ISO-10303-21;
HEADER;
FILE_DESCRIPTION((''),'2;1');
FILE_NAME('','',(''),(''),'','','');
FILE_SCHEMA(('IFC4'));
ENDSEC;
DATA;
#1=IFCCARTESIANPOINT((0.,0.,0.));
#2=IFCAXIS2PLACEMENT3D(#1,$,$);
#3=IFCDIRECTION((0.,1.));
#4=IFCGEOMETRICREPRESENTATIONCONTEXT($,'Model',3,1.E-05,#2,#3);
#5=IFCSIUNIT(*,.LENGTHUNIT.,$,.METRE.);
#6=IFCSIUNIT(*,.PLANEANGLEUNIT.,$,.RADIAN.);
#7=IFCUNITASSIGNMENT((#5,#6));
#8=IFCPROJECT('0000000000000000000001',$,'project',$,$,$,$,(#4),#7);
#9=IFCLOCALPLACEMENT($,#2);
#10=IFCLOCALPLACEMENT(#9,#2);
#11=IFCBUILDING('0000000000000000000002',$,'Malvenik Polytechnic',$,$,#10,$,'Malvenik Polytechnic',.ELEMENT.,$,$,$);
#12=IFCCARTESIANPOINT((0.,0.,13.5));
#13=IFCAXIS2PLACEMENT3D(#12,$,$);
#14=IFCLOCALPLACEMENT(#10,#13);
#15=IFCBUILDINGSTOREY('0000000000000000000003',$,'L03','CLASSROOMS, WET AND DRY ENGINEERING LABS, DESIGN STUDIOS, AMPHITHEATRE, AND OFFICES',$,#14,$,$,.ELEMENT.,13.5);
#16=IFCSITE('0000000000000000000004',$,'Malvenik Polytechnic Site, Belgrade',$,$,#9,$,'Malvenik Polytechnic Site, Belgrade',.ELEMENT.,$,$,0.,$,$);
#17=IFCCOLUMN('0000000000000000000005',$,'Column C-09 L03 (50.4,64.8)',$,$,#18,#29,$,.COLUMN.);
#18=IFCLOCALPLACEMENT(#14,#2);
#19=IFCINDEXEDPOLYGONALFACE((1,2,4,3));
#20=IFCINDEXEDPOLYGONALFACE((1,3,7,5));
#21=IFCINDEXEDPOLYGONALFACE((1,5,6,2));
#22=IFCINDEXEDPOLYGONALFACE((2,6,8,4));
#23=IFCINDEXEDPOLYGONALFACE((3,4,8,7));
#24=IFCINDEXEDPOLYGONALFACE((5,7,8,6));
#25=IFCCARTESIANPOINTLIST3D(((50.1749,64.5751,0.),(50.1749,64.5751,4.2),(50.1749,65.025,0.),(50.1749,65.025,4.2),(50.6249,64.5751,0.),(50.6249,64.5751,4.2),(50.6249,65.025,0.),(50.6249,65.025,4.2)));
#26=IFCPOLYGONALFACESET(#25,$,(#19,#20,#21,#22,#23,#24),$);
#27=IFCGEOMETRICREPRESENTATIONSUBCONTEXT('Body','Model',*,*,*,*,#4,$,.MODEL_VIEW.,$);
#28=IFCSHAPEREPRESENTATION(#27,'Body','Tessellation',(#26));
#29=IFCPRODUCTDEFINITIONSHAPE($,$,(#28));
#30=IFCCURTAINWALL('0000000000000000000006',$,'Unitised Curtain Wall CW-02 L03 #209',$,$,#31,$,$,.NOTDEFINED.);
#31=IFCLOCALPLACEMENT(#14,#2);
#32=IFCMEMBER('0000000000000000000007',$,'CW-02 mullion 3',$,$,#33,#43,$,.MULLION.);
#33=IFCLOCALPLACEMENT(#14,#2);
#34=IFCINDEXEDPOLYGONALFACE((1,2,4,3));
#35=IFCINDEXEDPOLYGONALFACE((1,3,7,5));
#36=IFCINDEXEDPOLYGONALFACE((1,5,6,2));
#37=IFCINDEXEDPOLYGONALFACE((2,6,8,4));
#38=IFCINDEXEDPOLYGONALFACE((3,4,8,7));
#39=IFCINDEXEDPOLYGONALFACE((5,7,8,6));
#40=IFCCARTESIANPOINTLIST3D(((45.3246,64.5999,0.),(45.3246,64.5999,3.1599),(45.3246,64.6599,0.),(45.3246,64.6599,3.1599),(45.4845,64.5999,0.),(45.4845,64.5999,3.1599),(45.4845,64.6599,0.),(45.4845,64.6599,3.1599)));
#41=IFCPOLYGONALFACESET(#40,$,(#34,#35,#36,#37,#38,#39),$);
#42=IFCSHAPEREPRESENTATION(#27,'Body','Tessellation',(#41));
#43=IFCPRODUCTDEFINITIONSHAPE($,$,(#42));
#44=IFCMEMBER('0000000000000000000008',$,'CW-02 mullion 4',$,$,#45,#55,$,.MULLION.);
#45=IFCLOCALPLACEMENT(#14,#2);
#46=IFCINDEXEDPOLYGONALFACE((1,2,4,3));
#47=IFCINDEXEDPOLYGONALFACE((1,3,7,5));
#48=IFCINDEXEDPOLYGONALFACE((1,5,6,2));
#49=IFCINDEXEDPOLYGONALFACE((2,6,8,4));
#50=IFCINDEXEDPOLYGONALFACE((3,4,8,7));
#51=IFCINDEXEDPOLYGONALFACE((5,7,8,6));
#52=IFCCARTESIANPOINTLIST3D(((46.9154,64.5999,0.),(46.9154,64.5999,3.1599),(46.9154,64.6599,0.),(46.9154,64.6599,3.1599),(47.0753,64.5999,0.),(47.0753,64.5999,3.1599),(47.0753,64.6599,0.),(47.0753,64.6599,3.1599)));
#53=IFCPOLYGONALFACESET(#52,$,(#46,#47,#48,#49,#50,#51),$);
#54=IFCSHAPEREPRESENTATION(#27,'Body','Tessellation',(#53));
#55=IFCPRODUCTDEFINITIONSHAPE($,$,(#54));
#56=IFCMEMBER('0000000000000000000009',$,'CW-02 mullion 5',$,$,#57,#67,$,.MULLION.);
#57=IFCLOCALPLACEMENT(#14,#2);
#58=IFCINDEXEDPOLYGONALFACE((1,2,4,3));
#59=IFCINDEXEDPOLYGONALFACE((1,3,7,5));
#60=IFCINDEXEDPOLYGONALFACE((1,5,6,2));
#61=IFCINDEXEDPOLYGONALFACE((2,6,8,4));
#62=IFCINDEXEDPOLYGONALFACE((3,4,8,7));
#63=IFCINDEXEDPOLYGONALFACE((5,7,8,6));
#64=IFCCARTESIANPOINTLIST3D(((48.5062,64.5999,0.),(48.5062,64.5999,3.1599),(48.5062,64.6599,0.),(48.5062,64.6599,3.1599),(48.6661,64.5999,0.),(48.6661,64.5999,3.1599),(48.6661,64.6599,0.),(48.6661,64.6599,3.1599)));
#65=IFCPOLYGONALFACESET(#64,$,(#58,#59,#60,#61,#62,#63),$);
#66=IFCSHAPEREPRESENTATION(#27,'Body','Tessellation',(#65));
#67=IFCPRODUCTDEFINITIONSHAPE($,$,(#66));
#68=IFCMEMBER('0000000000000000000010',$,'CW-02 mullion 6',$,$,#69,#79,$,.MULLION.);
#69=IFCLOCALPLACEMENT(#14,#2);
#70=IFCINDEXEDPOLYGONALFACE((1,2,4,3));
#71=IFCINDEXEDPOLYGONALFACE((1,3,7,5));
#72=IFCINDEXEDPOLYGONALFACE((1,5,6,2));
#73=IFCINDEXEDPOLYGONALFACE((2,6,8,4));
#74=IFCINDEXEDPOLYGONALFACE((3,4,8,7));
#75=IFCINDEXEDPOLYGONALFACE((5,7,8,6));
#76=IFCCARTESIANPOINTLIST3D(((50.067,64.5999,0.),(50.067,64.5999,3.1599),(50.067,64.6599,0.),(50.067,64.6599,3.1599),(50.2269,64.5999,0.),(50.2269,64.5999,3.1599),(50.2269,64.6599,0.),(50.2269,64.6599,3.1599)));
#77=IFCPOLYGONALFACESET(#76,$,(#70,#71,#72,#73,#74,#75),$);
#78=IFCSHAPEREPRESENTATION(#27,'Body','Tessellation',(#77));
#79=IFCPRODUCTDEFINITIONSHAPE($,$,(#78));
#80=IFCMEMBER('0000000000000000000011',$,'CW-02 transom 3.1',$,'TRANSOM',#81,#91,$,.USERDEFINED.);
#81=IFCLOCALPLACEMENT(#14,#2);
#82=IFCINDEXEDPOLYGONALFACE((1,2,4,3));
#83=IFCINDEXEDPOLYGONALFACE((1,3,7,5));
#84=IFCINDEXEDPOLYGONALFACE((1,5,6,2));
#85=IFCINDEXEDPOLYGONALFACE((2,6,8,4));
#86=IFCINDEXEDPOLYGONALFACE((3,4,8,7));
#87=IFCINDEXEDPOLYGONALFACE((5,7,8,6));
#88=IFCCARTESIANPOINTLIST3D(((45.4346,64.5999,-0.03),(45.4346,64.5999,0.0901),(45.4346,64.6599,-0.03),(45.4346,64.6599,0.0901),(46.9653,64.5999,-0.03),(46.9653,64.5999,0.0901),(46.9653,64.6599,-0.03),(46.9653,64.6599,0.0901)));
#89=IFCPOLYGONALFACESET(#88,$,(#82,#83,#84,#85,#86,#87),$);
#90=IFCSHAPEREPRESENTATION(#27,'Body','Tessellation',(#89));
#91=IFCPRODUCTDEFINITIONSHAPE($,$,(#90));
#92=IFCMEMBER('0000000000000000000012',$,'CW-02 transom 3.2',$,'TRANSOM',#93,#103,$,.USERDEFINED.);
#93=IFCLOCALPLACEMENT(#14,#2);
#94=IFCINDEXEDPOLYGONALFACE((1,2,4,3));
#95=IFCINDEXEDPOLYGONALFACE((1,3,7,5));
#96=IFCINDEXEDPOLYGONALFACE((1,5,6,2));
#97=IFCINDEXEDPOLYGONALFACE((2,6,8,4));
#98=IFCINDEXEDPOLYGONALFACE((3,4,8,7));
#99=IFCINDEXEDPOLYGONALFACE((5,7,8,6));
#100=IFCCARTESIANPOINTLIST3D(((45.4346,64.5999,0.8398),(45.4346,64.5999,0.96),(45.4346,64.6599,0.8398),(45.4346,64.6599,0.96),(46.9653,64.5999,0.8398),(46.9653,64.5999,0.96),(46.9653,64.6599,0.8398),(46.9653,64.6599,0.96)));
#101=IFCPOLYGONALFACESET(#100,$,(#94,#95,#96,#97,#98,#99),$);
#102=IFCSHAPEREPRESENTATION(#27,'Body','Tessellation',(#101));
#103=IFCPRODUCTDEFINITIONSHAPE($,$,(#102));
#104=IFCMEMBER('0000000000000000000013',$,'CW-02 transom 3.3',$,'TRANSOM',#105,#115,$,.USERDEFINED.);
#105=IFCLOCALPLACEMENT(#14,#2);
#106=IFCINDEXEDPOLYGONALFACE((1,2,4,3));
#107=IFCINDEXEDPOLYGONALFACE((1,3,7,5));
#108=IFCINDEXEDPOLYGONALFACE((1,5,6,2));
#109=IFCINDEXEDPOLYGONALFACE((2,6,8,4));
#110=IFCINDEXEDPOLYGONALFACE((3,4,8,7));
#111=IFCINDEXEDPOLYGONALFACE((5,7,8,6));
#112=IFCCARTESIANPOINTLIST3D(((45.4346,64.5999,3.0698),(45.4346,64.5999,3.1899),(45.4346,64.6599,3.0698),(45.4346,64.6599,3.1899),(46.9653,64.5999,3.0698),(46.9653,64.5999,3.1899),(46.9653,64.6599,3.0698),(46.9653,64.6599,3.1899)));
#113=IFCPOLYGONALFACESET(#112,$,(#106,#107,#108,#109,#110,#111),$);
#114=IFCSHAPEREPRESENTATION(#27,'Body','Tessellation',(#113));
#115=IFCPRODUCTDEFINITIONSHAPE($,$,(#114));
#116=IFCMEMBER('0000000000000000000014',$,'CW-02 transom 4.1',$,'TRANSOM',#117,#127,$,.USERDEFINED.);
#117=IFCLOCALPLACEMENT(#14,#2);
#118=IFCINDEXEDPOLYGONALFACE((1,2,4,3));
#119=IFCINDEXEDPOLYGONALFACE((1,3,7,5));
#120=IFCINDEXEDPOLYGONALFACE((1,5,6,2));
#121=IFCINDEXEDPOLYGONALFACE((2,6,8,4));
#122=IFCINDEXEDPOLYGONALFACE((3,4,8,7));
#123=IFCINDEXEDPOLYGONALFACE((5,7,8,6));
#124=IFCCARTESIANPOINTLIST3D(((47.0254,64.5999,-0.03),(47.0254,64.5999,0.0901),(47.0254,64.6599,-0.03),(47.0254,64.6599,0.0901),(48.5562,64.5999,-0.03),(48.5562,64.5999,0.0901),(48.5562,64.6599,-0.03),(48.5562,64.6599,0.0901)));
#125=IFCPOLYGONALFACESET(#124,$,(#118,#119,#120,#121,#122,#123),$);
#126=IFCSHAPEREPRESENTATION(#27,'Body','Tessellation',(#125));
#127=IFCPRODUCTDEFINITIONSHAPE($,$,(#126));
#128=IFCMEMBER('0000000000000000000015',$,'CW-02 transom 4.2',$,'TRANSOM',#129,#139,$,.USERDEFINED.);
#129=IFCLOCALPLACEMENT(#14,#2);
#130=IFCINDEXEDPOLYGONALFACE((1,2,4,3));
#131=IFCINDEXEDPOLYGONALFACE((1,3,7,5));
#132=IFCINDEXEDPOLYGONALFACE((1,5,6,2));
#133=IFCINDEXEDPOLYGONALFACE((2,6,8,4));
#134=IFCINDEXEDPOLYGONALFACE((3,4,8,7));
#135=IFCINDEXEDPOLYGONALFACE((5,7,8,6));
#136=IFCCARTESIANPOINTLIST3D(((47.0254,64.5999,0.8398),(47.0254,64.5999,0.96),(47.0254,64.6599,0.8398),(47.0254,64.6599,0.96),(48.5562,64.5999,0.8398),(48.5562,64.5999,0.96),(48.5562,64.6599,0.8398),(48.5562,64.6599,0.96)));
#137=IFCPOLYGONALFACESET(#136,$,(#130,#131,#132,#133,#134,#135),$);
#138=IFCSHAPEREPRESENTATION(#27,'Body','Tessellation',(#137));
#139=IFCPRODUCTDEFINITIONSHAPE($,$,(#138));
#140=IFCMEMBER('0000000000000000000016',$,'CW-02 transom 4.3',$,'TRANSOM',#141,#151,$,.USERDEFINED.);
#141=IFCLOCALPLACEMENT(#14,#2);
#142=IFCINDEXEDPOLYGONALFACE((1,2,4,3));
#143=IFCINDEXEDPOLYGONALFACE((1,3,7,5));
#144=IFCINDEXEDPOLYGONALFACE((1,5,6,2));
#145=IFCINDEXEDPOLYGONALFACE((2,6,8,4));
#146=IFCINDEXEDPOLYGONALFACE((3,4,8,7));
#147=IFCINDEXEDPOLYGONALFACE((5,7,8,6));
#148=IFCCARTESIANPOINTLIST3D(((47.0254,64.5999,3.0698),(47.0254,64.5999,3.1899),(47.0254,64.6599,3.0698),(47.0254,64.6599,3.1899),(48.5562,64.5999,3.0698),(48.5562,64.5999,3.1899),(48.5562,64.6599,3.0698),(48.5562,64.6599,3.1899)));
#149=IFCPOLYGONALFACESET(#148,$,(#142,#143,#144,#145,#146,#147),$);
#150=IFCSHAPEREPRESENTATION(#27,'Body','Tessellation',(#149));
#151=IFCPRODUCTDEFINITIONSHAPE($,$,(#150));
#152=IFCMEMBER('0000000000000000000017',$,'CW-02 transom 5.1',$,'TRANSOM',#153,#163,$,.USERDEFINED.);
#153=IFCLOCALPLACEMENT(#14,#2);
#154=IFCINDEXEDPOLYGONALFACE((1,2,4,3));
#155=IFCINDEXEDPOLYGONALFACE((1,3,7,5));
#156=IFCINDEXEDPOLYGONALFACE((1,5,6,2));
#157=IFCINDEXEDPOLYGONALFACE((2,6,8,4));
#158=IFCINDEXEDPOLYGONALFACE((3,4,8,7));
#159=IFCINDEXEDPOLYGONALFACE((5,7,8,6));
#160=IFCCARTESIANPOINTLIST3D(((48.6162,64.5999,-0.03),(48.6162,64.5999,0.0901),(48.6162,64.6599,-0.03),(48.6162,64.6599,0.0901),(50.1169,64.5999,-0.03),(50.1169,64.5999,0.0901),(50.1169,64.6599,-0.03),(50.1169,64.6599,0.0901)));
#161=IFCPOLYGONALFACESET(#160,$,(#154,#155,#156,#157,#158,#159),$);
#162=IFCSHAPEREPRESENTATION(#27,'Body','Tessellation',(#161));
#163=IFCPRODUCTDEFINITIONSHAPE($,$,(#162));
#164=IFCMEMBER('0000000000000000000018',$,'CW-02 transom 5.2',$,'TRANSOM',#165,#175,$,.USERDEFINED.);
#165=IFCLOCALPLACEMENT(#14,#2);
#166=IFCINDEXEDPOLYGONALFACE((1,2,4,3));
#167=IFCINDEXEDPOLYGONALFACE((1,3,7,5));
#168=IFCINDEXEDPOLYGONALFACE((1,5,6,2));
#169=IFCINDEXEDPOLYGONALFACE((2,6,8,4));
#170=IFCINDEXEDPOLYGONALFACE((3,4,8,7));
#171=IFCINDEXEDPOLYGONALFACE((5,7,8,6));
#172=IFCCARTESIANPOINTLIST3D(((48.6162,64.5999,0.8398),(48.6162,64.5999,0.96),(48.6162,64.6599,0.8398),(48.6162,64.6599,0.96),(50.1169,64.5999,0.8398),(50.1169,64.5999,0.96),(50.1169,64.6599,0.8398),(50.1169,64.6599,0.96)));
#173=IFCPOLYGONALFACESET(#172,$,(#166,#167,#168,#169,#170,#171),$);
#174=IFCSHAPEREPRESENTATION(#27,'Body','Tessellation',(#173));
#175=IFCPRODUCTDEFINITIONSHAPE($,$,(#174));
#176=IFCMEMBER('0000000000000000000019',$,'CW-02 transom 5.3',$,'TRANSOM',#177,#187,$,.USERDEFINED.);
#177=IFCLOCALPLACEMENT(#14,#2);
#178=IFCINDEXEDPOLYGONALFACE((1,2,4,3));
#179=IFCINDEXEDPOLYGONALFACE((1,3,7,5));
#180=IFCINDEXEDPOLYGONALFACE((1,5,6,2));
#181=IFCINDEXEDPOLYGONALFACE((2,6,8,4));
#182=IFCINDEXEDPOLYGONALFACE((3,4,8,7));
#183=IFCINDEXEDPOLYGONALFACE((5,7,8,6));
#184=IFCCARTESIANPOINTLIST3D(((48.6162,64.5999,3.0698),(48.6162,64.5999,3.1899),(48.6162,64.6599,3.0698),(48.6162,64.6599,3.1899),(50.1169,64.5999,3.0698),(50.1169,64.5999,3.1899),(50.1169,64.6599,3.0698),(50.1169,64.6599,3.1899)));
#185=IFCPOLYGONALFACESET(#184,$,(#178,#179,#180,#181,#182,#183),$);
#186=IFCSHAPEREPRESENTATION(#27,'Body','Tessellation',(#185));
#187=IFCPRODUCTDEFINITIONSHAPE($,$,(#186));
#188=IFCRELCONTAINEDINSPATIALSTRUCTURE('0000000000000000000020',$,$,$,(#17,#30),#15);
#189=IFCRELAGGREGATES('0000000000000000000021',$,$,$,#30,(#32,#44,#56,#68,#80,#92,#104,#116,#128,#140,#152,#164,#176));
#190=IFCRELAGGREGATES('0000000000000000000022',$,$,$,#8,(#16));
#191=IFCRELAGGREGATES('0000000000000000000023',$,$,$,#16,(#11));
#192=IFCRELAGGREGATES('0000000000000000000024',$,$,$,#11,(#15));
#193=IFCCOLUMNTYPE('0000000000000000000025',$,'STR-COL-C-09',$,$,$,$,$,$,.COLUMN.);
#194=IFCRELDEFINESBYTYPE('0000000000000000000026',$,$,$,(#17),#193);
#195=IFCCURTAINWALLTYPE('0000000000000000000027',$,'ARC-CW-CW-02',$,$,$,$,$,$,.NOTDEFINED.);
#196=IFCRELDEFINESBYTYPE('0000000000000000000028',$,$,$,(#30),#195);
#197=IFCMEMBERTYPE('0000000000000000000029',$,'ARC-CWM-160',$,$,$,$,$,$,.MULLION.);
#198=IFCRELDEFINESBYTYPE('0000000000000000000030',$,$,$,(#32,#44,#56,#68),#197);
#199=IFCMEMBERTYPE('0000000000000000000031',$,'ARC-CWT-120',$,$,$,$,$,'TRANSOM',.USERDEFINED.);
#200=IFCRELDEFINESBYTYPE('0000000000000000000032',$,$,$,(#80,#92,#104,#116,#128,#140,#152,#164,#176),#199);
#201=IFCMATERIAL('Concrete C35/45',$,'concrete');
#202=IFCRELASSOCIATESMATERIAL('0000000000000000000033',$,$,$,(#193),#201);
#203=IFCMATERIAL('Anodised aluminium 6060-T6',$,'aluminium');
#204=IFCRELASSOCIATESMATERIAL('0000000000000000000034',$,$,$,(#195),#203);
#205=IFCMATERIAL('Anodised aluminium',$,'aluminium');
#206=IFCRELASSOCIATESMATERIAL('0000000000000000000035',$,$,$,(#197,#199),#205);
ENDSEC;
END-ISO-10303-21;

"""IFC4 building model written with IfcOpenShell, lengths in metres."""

from ifc_helpers import new_model, si_unit, direction, frame, origin, origin_2d, place, context, subcontext, project, spatial, rectangle, extrude, material, material_profile, profile_set, type_object, element, aggregate, save


model = new_model("IFC4")

# Units and contexts
model_context = context("Model", 3, precision=1e-05, world=origin(), true_north=direction((0.0, 1.0)))
body_context = subcontext(model_context, "Body", "Model", "MODEL_VIEW")
ifc_project = project(units=[si_unit("LENGTHUNIT", "METRE"), si_unit("PLANEANGLEUNIT", "RADIAN")], contexts=[model_context])

# Site, building, storey
site_placement = place(None, origin())
site = spatial("IfcSite", under=ifc_project, at=site_placement, Name="Malvenik Polytechnic Site, Belgrade", LongName="Malvenik Polytechnic Site, Belgrade", CompositionType="ELEMENT", RefElevation=0.0)
building_placement = place(site_placement, origin())
building = spatial("IfcBuilding", under=site, at=building_placement, Name="Malvenik Polytechnic", LongName="Malvenik Polytechnic", CompositionType="ELEMENT")
storey_placement = place(building_placement, frame((0.0, 0.0, 13.5)))
storey = spatial("IfcBuildingStorey", under=building, at=storey_placement, Name="L03", Description="CLASSROOMS, WET AND DRY ENGINEERING LABS, DESIGN STUDIOS, AMPHITHEATRE, AND OFFICES", CompositionType="ELEMENT", Elevation=13.5)

# Column
ifc_material_1 = material(Name="Concrete C35/45", Category="concrete")
ifc_material_profile_1 = material_profile(ifc_material_1, rectangle(XDim=0.45, YDim=0.45, at=origin_2d()), Name="RC COL 450x450")
ifc_profile_set_1 = profile_set([ifc_material_profile_1], Name="Concrete C35/45")
column_type = type_object("IfcColumnType", Name="STR-COL-C-09", PredefinedType="COLUMN", material=ifc_profile_set_1)
column_placement = place(storey_placement, frame((50.3999, 64.8, 0.0), z_axis=(0.0, 0.0, 1.0), x_axis=(1.0, 0.0, 0.0)))
element("IfcColumn", 1, at=column_placement, inside=storey, type_object=column_type, Name="Column C-09 L03 (50.4,64.8)", PredefinedType="COLUMN", context=body_context, shape_type="SweptSolid", body=[
    extrude(rectangle(XDim=0.45, YDim=0.45, at=origin_2d()), origin(), (0.0, 0.0, 1.0), 4.2),
])

# Curtain wall, members
ifc_material_2 = material(Name="Anodised aluminium 6060-T6", Category="aluminium")
curtain_wall_type = type_object("IfcCurtainWallType", Name="ARC-CW-CW-02", PredefinedType="NOTDEFINED", material=ifc_material_2)
curtain_wall_placement = place(storey_placement, origin())
curtain_wall = element("IfcCurtainWall", 2, at=curtain_wall_placement, inside=storey, type_object=curtain_wall_type, Name="Unitised Curtain Wall CW-02 L03 #209", PredefinedType="NOTDEFINED")
ifc_material_3 = material(Name="Anodised aluminium", Category="aluminium")
ifc_material_profile_2 = material_profile(ifc_material_3, rectangle(XDim=0.0601, YDim=0.1599, at=origin_2d()), Name="ALU MULLION 60x160")
ifc_profile_set_2 = profile_set([ifc_material_profile_2], Name="Anodised aluminium")
member_type_1 = type_object("IfcMemberType", Name="ARC-CWM-160", PredefinedType="MULLION", material=ifc_profile_set_2)
member_1_placement = place(storey_placement, frame((45.4045, 64.6299, 0.0), z_axis=(0.0, 0.0, 1.0), x_axis=(0.0, 1.0, 0.0)))
member_1 = element("IfcMember", 3, at=member_1_placement, type_object=member_type_1, Name="CW-02 mullion 3", PredefinedType="MULLION", context=body_context, shape_type="SweptSolid", body=[
    extrude(rectangle(XDim=0.0601, YDim=0.1599, at=origin_2d()), origin(), (0.0, 0.0, 1.0), 3.1599),
])
member_2_placement = place(storey_placement, frame((46.9954, 64.6299, 0.0), z_axis=(0.0, 0.0, 1.0), x_axis=(0.0, 1.0, 0.0)))
member_2 = element("IfcMember", 4, at=member_2_placement, type_object=member_type_1, Name="CW-02 mullion 4", PredefinedType="MULLION", context=body_context, shape_type="SweptSolid", body=[
    extrude(rectangle(XDim=0.0601, YDim=0.1599, at=origin_2d()), origin(), (0.0, 0.0, 1.0), 3.1599),
])
member_3_placement = place(storey_placement, frame((48.5862, 64.6299, 0.0), z_axis=(0.0, 0.0, 1.0), x_axis=(0.0, 1.0, 0.0)))
member_3 = element("IfcMember", 5, at=member_3_placement, type_object=member_type_1, Name="CW-02 mullion 5", PredefinedType="MULLION", context=body_context, shape_type="SweptSolid", body=[
    extrude(rectangle(XDim=0.0601, YDim=0.1599, at=origin_2d()), origin(), (0.0, 0.0, 1.0), 3.1599),
])
member_4_placement = place(storey_placement, frame((50.147, 64.6299, 0.0), z_axis=(0.0, 0.0, 1.0), x_axis=(0.0, 1.0, 0.0)))
member_4 = element("IfcMember", 6, at=member_4_placement, type_object=member_type_1, Name="CW-02 mullion 6", PredefinedType="MULLION", context=body_context, shape_type="SweptSolid", body=[
    extrude(rectangle(XDim=0.0601, YDim=0.1599, at=origin_2d()), origin(), (0.0, 0.0, 1.0), 3.1599),
])
ifc_material_profile_3 = material_profile(ifc_material_3, rectangle(XDim=0.0601, YDim=0.1201, at=origin_2d()), Name="ALU TRANSOM 60x120")
ifc_profile_set_3 = profile_set([ifc_material_profile_3], Name="Anodised aluminium")
member_type_2 = type_object("IfcMemberType", Name="ARC-CWT-120", ElementType="TRANSOM", PredefinedType="USERDEFINED", material=ifc_profile_set_3)
member_5_placement = place(storey_placement, frame((45.4346, 64.6299, 0.03), z_axis=(1.0, 0.0, 0.0), x_axis=(0.0, 1.0, 0.0)))
member_5 = element("IfcMember", 7, at=member_5_placement, type_object=member_type_2, Name="CW-02 transom 3.1", ObjectType="TRANSOM", PredefinedType="USERDEFINED", context=body_context, shape_type="SweptSolid", body=[
    extrude(rectangle(XDim=0.0601, YDim=0.1201, at=origin_2d()), origin(), (0.0, 0.0, 1.0), 1.5308),
])
member_6_placement = place(storey_placement, frame((45.4346, 64.6299, 0.8999), z_axis=(1.0, 0.0, 0.0), x_axis=(0.0, 1.0, 0.0)))
member_6 = element("IfcMember", 8, at=member_6_placement, type_object=member_type_2, Name="CW-02 transom 3.2", ObjectType="TRANSOM", PredefinedType="USERDEFINED", context=body_context, shape_type="SweptSolid", body=[
    extrude(rectangle(XDim=0.0601, YDim=0.1201, at=origin_2d()), origin(), (0.0, 0.0, 1.0), 1.5308),
])
member_7_placement = place(storey_placement, frame((45.4346, 64.6299, 3.1299), z_axis=(1.0, 0.0, 0.0), x_axis=(0.0, 1.0, 0.0)))
member_7 = element("IfcMember", 9, at=member_7_placement, type_object=member_type_2, Name="CW-02 transom 3.3", ObjectType="TRANSOM", PredefinedType="USERDEFINED", context=body_context, shape_type="SweptSolid", body=[
    extrude(rectangle(XDim=0.0601, YDim=0.1201, at=origin_2d()), origin(), (0.0, 0.0, 1.0), 1.5308),
])
member_8_placement = place(storey_placement, frame((47.0254, 64.6299, 0.03), z_axis=(1.0, 0.0, 0.0), x_axis=(0.0, 1.0, 0.0)))
member_8 = element("IfcMember", 10, at=member_8_placement, type_object=member_type_2, Name="CW-02 transom 4.1", ObjectType="TRANSOM", PredefinedType="USERDEFINED", context=body_context, shape_type="SweptSolid", body=[
    extrude(rectangle(XDim=0.0601, YDim=0.1201, at=origin_2d()), origin(), (0.0, 0.0, 1.0), 1.5308),
])
member_9_placement = place(storey_placement, frame((47.0254, 64.6299, 0.8999), z_axis=(1.0, 0.0, 0.0), x_axis=(0.0, 1.0, 0.0)))
member_9 = element("IfcMember", 11, at=member_9_placement, type_object=member_type_2, Name="CW-02 transom 4.2", ObjectType="TRANSOM", PredefinedType="USERDEFINED", context=body_context, shape_type="SweptSolid", body=[
    extrude(rectangle(XDim=0.0601, YDim=0.1201, at=origin_2d()), origin(), (0.0, 0.0, 1.0), 1.5308),
])
member_10_placement = place(storey_placement, frame((47.0254, 64.6299, 3.1299), z_axis=(1.0, 0.0, 0.0), x_axis=(0.0, 1.0, 0.0)))
member_10 = element("IfcMember", 12, at=member_10_placement, type_object=member_type_2, Name="CW-02 transom 4.3", ObjectType="TRANSOM", PredefinedType="USERDEFINED", context=body_context, shape_type="SweptSolid", body=[
    extrude(rectangle(XDim=0.0601, YDim=0.1201, at=origin_2d()), origin(), (0.0, 0.0, 1.0), 1.5308),
])
member_11_placement = place(storey_placement, frame((48.6162, 64.6299, 0.03), z_axis=(1.0, 0.0, 0.0), x_axis=(0.0, 1.0, 0.0)))
member_11 = element("IfcMember", 13, at=member_11_placement, type_object=member_type_2, Name="CW-02 transom 5.1", ObjectType="TRANSOM", PredefinedType="USERDEFINED", context=body_context, shape_type="SweptSolid", body=[
    extrude(rectangle(XDim=0.0601, YDim=0.1201, at=origin_2d()), origin(), (0.0, 0.0, 1.0), 1.5007),
])
member_12_placement = place(storey_placement, frame((48.6162, 64.6299, 0.8999), z_axis=(1.0, 0.0, 0.0), x_axis=(0.0, 1.0, 0.0)))
member_12 = element("IfcMember", 14, at=member_12_placement, type_object=member_type_2, Name="CW-02 transom 5.2", ObjectType="TRANSOM", PredefinedType="USERDEFINED", context=body_context, shape_type="SweptSolid", body=[
    extrude(rectangle(XDim=0.0601, YDim=0.1201, at=origin_2d()), origin(), (0.0, 0.0, 1.0), 1.5007),
])
member_13_placement = place(storey_placement, frame((48.6162, 64.6299, 3.1299), z_axis=(1.0, 0.0, 0.0), x_axis=(0.0, 1.0, 0.0)))
member_13 = element("IfcMember", 15, at=member_13_placement, type_object=member_type_2, Name="CW-02 transom 5.3", ObjectType="TRANSOM", PredefinedType="USERDEFINED", context=body_context, shape_type="SweptSolid", body=[
    extrude(rectangle(XDim=0.0601, YDim=0.1201, at=origin_2d()), origin(), (0.0, 0.0, 1.0), 1.5007),
])

aggregate(curtain_wall, [member_1, member_2, member_3, member_4, member_5, member_6, member_7, member_8, member_9, member_10, member_11, member_12, member_13])

save(model, "model.ifc")
